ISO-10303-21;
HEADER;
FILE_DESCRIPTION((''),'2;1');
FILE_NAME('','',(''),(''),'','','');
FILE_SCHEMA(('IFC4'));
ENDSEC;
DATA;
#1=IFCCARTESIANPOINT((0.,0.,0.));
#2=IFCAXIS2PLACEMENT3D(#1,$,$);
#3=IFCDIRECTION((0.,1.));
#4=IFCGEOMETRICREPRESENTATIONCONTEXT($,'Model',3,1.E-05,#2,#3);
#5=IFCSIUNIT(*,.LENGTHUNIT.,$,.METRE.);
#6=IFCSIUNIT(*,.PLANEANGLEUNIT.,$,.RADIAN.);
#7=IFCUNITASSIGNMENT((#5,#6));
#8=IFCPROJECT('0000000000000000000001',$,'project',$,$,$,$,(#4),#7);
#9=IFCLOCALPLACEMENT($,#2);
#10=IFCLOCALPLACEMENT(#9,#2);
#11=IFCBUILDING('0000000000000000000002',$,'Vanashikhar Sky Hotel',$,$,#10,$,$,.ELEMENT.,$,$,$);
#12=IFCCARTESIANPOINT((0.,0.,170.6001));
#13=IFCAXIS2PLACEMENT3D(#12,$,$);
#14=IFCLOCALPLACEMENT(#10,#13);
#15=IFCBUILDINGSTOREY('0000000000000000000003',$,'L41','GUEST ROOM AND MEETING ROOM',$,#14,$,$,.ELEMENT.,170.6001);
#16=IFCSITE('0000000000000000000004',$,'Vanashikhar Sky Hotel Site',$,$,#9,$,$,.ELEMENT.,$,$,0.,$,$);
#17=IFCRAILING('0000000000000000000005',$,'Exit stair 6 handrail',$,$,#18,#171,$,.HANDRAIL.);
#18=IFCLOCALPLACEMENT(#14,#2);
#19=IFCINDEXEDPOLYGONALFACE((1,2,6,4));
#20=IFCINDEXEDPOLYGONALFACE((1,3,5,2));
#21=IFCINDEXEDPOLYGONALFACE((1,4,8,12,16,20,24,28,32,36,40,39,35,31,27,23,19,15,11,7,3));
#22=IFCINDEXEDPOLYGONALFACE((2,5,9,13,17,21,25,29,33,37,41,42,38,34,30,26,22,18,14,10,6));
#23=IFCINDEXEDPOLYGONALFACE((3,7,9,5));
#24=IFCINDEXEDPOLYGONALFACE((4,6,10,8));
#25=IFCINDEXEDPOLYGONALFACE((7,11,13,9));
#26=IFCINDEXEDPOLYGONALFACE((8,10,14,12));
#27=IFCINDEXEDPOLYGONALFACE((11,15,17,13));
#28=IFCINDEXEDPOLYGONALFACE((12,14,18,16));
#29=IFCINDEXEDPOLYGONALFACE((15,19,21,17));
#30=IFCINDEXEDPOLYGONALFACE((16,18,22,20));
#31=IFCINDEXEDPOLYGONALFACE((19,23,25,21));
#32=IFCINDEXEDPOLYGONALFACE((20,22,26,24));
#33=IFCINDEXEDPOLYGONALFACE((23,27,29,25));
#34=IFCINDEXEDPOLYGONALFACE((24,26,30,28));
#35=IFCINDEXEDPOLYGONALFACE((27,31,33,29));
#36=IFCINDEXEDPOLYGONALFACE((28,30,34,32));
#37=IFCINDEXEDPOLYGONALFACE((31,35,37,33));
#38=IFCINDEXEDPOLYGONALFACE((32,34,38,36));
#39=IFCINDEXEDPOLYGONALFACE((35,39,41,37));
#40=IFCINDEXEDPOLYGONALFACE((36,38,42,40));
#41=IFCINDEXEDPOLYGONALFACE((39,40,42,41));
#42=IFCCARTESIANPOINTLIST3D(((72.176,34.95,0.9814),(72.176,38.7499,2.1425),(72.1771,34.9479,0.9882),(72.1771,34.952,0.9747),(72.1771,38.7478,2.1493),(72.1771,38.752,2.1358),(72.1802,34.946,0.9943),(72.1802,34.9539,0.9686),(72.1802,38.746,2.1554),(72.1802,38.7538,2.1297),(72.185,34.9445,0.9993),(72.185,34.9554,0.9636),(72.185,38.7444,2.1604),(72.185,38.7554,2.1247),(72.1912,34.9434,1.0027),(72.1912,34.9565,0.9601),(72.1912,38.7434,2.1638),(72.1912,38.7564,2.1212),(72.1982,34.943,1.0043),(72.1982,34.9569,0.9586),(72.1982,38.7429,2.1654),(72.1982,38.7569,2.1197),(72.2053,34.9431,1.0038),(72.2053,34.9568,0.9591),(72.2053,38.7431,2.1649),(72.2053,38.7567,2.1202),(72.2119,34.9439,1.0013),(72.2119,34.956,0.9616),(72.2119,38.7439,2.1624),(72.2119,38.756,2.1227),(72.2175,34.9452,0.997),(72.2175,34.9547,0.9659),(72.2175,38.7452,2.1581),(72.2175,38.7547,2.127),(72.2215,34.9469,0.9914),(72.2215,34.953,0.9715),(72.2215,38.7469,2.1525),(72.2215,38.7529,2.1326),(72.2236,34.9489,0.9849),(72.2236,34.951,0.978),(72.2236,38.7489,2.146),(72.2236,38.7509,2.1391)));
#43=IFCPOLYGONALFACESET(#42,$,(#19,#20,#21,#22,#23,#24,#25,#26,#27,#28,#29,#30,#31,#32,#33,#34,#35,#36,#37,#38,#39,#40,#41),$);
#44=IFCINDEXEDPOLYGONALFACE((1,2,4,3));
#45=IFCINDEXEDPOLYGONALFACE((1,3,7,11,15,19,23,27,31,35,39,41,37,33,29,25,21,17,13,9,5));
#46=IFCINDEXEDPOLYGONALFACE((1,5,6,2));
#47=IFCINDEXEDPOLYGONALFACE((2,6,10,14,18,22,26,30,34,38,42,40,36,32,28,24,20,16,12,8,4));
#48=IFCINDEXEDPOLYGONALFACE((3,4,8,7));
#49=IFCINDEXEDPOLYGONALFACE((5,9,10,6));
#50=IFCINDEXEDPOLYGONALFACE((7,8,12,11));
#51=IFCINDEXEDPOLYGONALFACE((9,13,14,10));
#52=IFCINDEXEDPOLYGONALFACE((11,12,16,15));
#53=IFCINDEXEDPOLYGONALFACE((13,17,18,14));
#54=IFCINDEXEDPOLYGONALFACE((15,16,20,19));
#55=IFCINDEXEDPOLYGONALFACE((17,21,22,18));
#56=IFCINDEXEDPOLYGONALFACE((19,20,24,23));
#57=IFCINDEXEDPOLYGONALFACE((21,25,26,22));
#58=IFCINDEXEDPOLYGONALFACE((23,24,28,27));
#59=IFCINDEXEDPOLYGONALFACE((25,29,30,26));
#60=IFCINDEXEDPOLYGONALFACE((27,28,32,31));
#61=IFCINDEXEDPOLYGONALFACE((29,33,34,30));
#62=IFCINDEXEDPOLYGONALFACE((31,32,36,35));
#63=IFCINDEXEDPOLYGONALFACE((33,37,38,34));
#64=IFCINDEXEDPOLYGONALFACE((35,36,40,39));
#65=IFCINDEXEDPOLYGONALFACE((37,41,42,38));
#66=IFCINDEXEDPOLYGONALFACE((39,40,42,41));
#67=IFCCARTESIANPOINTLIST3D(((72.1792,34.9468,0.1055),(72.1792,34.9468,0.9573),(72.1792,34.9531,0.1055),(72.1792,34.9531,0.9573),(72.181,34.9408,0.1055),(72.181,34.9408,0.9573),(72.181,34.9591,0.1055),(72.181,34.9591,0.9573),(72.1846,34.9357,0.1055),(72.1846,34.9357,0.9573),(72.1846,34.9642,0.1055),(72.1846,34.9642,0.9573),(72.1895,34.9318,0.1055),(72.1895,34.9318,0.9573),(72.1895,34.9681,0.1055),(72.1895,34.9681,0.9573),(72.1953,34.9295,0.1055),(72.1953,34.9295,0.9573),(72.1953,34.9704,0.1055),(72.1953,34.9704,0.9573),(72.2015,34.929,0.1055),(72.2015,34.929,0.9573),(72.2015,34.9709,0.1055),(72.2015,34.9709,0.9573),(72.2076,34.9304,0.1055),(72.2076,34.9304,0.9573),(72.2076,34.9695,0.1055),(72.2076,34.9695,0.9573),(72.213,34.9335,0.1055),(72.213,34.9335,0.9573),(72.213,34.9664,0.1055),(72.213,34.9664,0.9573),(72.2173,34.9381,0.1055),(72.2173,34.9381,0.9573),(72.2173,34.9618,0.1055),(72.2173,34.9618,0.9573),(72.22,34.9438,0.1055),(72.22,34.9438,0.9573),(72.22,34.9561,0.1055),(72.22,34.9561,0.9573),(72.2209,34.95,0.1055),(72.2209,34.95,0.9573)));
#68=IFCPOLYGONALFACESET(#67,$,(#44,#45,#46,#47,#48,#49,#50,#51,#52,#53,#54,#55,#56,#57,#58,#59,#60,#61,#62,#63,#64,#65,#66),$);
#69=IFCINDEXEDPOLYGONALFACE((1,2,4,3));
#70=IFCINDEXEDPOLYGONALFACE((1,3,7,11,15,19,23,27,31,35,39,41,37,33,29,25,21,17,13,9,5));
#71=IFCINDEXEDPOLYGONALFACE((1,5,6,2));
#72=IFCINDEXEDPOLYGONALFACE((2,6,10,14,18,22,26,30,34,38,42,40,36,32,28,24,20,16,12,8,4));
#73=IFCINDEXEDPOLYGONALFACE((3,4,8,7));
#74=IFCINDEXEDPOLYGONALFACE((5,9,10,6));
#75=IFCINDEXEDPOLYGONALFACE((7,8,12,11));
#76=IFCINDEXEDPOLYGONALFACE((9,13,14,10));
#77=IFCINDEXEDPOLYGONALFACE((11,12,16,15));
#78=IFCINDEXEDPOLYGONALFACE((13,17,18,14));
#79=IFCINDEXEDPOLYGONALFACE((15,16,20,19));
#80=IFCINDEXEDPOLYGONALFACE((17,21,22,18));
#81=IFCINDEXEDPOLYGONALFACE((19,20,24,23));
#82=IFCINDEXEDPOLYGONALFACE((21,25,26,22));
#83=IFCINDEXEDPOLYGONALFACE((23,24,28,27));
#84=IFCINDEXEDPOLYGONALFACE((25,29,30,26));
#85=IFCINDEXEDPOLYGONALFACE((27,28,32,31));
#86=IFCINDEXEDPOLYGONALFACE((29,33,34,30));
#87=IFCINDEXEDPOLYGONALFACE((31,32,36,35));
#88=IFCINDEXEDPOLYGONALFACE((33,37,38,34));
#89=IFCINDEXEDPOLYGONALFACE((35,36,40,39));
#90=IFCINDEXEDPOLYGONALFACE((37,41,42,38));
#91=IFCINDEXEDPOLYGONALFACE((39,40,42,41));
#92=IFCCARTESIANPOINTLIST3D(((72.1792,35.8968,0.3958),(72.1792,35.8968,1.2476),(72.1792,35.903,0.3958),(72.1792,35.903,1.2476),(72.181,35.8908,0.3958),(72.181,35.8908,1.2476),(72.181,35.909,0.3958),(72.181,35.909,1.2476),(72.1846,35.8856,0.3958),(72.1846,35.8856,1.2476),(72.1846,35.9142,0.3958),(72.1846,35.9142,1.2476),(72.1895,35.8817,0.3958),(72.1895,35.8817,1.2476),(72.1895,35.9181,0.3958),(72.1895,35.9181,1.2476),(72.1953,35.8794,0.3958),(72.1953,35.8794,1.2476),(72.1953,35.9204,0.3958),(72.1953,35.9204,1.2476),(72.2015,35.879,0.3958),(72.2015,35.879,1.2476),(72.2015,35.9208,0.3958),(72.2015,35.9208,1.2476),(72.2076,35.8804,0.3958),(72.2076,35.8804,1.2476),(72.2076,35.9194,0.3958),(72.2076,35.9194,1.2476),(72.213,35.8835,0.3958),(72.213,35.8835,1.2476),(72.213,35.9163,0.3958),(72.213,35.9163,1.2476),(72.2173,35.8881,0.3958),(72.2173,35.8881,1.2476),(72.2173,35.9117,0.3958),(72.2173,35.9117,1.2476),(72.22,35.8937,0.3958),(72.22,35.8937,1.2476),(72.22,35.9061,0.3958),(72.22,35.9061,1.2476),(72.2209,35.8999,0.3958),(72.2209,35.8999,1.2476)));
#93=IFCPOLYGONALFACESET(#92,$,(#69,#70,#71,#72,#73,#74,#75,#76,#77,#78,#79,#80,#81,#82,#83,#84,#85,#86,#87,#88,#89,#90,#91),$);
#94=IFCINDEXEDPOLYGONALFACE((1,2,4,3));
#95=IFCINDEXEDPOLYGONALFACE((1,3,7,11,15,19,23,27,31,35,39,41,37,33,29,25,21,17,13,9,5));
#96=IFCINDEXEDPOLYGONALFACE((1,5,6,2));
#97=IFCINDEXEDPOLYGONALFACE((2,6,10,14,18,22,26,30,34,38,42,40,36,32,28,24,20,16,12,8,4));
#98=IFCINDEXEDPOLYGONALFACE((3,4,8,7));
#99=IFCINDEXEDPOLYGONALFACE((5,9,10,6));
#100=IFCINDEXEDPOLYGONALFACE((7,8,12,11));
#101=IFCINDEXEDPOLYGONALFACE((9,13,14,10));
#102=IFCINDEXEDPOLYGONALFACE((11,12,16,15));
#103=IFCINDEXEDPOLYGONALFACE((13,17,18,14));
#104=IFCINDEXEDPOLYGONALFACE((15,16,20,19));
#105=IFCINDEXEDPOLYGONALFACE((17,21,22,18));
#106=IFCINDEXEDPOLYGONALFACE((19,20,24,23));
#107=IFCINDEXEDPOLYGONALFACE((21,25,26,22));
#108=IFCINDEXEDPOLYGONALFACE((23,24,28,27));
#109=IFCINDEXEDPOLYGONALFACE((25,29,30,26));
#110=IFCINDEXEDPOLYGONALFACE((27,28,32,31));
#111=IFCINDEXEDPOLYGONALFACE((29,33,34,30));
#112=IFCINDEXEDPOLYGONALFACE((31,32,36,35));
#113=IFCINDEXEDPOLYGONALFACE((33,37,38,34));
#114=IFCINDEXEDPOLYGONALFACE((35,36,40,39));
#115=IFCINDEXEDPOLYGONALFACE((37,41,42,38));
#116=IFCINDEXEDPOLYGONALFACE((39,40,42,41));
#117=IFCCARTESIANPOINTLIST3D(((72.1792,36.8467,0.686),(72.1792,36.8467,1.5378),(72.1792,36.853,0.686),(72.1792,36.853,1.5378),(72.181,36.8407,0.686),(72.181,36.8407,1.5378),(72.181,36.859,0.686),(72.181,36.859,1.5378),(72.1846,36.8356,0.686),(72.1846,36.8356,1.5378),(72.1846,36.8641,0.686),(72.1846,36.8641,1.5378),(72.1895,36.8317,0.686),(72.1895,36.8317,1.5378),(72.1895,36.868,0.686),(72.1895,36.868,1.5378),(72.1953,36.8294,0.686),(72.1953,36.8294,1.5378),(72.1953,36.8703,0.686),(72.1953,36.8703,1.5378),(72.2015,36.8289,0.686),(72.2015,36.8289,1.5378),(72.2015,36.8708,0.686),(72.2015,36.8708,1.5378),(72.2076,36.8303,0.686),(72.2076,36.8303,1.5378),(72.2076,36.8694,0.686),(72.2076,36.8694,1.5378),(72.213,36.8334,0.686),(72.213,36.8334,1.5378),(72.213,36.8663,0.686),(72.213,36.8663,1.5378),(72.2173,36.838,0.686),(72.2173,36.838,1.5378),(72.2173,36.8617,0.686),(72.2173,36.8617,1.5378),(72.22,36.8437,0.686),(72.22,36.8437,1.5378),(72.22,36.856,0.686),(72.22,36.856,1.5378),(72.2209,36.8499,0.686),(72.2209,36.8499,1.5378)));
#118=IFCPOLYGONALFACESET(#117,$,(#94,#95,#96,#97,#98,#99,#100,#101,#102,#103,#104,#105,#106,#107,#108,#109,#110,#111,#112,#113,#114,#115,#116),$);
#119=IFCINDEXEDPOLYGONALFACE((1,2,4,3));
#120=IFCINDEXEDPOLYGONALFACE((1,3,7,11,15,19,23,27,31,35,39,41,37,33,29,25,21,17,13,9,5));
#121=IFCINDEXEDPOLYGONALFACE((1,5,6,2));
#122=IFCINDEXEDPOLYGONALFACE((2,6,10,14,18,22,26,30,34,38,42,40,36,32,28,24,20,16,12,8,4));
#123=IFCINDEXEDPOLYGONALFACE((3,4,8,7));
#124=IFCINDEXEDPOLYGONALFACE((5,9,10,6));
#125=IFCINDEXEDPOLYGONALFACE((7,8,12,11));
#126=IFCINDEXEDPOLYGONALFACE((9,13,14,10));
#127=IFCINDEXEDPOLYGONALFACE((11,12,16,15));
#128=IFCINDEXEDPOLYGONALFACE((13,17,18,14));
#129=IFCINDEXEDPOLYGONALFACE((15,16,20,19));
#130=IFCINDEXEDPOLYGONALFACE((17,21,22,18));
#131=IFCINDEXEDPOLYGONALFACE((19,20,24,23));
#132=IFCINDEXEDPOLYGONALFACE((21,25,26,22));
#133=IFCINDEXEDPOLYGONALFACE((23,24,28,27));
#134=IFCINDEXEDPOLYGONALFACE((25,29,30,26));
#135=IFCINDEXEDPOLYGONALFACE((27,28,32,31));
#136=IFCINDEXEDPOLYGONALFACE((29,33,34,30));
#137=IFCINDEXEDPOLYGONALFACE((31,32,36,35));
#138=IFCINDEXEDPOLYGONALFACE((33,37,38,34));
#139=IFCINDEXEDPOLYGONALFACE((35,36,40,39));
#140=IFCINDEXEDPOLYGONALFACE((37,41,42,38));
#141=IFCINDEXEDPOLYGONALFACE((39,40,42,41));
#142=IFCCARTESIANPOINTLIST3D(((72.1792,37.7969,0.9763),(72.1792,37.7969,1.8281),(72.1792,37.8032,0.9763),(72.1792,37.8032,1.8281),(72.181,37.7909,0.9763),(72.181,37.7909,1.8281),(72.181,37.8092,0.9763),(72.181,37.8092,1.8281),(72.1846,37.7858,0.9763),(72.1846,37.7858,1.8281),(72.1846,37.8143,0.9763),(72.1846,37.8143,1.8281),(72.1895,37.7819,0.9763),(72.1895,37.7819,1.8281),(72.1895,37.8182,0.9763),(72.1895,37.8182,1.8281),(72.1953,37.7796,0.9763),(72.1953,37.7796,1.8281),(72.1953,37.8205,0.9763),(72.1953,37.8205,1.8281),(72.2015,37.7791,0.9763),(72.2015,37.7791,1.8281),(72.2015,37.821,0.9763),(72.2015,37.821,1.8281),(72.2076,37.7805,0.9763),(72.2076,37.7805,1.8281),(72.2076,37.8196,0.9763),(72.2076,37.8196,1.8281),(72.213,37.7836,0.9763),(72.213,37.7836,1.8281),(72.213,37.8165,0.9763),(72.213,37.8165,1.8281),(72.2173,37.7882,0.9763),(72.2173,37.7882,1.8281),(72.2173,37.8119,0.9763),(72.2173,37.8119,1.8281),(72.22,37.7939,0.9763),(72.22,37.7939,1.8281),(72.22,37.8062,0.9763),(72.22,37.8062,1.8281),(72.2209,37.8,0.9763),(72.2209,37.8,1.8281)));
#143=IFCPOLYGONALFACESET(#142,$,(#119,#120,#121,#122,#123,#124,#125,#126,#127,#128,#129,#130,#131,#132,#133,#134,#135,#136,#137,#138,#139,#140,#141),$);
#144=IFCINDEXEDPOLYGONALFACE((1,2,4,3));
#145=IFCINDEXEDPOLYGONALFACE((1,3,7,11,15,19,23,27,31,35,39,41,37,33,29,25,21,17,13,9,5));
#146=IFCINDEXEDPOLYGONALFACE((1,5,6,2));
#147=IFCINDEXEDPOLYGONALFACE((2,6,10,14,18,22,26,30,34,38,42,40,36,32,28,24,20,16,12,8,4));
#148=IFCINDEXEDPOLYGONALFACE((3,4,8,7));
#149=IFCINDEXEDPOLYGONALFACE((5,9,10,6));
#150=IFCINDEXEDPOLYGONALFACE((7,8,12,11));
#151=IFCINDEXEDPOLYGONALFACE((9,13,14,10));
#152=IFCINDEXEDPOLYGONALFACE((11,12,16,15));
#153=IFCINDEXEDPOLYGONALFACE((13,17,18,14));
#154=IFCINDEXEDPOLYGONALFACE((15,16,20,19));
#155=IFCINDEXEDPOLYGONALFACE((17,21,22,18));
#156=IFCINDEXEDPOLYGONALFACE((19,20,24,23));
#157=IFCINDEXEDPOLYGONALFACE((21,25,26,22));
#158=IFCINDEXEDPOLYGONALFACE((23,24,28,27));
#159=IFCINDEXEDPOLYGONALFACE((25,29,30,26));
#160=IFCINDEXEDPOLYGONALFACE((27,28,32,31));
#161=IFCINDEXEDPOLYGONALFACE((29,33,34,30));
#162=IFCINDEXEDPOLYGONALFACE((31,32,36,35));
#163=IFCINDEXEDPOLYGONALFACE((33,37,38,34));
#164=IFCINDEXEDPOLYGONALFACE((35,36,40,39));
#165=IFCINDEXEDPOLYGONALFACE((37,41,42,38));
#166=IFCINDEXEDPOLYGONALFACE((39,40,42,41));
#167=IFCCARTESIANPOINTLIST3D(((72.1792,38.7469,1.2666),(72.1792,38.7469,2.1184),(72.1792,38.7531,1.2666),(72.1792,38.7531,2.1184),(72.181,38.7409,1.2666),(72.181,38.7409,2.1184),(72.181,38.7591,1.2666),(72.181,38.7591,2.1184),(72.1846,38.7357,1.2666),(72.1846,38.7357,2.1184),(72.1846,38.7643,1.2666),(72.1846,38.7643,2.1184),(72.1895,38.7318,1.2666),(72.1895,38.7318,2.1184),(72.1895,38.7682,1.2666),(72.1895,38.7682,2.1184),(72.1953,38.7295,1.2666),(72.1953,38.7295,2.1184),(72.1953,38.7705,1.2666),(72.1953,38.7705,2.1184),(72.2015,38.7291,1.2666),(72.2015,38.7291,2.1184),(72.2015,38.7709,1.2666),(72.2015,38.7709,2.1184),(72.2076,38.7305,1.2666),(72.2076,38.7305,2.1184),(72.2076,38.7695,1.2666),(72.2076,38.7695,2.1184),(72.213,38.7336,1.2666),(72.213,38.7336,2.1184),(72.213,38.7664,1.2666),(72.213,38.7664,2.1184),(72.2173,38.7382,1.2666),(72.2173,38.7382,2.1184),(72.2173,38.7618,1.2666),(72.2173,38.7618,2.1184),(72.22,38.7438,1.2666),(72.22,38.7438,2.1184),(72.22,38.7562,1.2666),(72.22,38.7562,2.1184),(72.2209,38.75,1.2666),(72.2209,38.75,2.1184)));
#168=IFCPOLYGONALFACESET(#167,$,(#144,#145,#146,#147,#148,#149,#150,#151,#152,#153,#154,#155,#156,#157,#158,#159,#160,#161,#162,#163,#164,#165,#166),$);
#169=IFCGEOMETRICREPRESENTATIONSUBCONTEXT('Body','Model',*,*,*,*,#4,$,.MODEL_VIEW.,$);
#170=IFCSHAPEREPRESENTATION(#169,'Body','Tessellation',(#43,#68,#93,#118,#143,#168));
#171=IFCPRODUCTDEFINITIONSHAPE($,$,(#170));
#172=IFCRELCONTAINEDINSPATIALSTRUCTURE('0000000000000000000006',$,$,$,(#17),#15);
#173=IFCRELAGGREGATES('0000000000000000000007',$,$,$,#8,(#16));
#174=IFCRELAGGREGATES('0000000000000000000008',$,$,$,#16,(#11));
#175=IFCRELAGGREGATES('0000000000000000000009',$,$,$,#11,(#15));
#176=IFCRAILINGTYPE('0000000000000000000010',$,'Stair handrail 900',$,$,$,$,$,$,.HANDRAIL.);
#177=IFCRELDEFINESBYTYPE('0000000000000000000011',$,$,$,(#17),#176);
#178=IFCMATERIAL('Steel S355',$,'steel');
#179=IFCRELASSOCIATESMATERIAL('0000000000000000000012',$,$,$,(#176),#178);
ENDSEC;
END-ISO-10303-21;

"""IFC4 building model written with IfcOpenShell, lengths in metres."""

from ifc_helpers import new_model, si_unit, direction, frame, origin, origin_2d, place, context, subcontext, project, spatial, circle, extrude, source, transform, mapped, material, type_object, element, save


model = new_model("IFC4")

# Units and contexts
model_context = context("Model", 3, precision=1e-05, world=origin(), true_north=direction((0.0, 1.0)))
body_context = subcontext(model_context, "Body", "Model", "MODEL_VIEW")
ifc_project = project(units=[si_unit("LENGTHUNIT", "METRE"), si_unit("PLANEANGLEUNIT", "RADIAN")], contexts=[model_context])

# Site, building, storey
site_placement = place(None, origin())
site = spatial("IfcSite", under=ifc_project, at=site_placement, Name="Vanashikhar Sky Hotel Site", CompositionType="ELEMENT", RefElevation=0.0)
building_placement = place(site_placement, origin())
building = spatial("IfcBuilding", under=site, at=building_placement, Name="Vanashikhar Sky Hotel", CompositionType="ELEMENT")
storey_placement = place(building_placement, frame((0.0, 0.0, 170.6001)))
storey = spatial("IfcBuildingStorey", under=building, at=storey_placement, Name="L41", Description="GUEST ROOM AND MEETING ROOM", CompositionType="ELEMENT", Elevation=170.6001)

# Railing
ifc_material_1 = material(Name="Steel S355", Category="steel")
railing_type_1 = type_object("IfcRailingType", Name="Stair handrail 900", PredefinedType="HANDRAIL", material=ifc_material_1)
shared_shape_1 = source(origin(), body_context, "Body", "SweptSolid", [
    extrude(circle(Radius=0.0239, at=origin_2d()), frame((0.0, 0.0, 0.876), z_axis=(0.0, 0.956351, 0.29222), x_axis=(-1.0, 0.0, 0.0)), (0.0, 0.0, 1.0), 3.9734),
    extrude(circle(Radius=0.021, at=origin_2d()), origin(), (0.0, 0.0, 1.0), 0.8518),
    extrude(circle(Radius=0.021, at=origin_2d()), frame((0.0, 0.95, 0.2903)), (0.0, 0.0, 1.0), 0.8518),
    extrude(circle(Radius=0.021, at=origin_2d()), frame((0.0, 1.8999, 0.5806)), (0.0, 0.0, 1.0), 0.8518),
    extrude(circle(Radius=0.021, at=origin_2d()), frame((0.0, 2.8501, 0.8708)), (0.0, 0.0, 1.0), 0.8518),
    extrude(circle(Radius=0.021, at=origin_2d()), frame((0.0, 3.8, 1.1611)), (0.0, 0.0, 1.0), 0.8518),
])
for number, where, name in (
    (1, (72.2, 34.95, 0.1055), "Exit stair 6 handrail"),
):
    element("IfcRailing", number, at=place(storey_placement, frame(where)), inside=storey, type_object=railing_type_1, Name=name, PredefinedType="HANDRAIL", context=body_context, shape_type="MappedRepresentation", body=[
        mapped(shared_shape_1, transform((0.0, 0.0, 0.0), scale=1.0)),
    ])

save(model, "model.ifc")
